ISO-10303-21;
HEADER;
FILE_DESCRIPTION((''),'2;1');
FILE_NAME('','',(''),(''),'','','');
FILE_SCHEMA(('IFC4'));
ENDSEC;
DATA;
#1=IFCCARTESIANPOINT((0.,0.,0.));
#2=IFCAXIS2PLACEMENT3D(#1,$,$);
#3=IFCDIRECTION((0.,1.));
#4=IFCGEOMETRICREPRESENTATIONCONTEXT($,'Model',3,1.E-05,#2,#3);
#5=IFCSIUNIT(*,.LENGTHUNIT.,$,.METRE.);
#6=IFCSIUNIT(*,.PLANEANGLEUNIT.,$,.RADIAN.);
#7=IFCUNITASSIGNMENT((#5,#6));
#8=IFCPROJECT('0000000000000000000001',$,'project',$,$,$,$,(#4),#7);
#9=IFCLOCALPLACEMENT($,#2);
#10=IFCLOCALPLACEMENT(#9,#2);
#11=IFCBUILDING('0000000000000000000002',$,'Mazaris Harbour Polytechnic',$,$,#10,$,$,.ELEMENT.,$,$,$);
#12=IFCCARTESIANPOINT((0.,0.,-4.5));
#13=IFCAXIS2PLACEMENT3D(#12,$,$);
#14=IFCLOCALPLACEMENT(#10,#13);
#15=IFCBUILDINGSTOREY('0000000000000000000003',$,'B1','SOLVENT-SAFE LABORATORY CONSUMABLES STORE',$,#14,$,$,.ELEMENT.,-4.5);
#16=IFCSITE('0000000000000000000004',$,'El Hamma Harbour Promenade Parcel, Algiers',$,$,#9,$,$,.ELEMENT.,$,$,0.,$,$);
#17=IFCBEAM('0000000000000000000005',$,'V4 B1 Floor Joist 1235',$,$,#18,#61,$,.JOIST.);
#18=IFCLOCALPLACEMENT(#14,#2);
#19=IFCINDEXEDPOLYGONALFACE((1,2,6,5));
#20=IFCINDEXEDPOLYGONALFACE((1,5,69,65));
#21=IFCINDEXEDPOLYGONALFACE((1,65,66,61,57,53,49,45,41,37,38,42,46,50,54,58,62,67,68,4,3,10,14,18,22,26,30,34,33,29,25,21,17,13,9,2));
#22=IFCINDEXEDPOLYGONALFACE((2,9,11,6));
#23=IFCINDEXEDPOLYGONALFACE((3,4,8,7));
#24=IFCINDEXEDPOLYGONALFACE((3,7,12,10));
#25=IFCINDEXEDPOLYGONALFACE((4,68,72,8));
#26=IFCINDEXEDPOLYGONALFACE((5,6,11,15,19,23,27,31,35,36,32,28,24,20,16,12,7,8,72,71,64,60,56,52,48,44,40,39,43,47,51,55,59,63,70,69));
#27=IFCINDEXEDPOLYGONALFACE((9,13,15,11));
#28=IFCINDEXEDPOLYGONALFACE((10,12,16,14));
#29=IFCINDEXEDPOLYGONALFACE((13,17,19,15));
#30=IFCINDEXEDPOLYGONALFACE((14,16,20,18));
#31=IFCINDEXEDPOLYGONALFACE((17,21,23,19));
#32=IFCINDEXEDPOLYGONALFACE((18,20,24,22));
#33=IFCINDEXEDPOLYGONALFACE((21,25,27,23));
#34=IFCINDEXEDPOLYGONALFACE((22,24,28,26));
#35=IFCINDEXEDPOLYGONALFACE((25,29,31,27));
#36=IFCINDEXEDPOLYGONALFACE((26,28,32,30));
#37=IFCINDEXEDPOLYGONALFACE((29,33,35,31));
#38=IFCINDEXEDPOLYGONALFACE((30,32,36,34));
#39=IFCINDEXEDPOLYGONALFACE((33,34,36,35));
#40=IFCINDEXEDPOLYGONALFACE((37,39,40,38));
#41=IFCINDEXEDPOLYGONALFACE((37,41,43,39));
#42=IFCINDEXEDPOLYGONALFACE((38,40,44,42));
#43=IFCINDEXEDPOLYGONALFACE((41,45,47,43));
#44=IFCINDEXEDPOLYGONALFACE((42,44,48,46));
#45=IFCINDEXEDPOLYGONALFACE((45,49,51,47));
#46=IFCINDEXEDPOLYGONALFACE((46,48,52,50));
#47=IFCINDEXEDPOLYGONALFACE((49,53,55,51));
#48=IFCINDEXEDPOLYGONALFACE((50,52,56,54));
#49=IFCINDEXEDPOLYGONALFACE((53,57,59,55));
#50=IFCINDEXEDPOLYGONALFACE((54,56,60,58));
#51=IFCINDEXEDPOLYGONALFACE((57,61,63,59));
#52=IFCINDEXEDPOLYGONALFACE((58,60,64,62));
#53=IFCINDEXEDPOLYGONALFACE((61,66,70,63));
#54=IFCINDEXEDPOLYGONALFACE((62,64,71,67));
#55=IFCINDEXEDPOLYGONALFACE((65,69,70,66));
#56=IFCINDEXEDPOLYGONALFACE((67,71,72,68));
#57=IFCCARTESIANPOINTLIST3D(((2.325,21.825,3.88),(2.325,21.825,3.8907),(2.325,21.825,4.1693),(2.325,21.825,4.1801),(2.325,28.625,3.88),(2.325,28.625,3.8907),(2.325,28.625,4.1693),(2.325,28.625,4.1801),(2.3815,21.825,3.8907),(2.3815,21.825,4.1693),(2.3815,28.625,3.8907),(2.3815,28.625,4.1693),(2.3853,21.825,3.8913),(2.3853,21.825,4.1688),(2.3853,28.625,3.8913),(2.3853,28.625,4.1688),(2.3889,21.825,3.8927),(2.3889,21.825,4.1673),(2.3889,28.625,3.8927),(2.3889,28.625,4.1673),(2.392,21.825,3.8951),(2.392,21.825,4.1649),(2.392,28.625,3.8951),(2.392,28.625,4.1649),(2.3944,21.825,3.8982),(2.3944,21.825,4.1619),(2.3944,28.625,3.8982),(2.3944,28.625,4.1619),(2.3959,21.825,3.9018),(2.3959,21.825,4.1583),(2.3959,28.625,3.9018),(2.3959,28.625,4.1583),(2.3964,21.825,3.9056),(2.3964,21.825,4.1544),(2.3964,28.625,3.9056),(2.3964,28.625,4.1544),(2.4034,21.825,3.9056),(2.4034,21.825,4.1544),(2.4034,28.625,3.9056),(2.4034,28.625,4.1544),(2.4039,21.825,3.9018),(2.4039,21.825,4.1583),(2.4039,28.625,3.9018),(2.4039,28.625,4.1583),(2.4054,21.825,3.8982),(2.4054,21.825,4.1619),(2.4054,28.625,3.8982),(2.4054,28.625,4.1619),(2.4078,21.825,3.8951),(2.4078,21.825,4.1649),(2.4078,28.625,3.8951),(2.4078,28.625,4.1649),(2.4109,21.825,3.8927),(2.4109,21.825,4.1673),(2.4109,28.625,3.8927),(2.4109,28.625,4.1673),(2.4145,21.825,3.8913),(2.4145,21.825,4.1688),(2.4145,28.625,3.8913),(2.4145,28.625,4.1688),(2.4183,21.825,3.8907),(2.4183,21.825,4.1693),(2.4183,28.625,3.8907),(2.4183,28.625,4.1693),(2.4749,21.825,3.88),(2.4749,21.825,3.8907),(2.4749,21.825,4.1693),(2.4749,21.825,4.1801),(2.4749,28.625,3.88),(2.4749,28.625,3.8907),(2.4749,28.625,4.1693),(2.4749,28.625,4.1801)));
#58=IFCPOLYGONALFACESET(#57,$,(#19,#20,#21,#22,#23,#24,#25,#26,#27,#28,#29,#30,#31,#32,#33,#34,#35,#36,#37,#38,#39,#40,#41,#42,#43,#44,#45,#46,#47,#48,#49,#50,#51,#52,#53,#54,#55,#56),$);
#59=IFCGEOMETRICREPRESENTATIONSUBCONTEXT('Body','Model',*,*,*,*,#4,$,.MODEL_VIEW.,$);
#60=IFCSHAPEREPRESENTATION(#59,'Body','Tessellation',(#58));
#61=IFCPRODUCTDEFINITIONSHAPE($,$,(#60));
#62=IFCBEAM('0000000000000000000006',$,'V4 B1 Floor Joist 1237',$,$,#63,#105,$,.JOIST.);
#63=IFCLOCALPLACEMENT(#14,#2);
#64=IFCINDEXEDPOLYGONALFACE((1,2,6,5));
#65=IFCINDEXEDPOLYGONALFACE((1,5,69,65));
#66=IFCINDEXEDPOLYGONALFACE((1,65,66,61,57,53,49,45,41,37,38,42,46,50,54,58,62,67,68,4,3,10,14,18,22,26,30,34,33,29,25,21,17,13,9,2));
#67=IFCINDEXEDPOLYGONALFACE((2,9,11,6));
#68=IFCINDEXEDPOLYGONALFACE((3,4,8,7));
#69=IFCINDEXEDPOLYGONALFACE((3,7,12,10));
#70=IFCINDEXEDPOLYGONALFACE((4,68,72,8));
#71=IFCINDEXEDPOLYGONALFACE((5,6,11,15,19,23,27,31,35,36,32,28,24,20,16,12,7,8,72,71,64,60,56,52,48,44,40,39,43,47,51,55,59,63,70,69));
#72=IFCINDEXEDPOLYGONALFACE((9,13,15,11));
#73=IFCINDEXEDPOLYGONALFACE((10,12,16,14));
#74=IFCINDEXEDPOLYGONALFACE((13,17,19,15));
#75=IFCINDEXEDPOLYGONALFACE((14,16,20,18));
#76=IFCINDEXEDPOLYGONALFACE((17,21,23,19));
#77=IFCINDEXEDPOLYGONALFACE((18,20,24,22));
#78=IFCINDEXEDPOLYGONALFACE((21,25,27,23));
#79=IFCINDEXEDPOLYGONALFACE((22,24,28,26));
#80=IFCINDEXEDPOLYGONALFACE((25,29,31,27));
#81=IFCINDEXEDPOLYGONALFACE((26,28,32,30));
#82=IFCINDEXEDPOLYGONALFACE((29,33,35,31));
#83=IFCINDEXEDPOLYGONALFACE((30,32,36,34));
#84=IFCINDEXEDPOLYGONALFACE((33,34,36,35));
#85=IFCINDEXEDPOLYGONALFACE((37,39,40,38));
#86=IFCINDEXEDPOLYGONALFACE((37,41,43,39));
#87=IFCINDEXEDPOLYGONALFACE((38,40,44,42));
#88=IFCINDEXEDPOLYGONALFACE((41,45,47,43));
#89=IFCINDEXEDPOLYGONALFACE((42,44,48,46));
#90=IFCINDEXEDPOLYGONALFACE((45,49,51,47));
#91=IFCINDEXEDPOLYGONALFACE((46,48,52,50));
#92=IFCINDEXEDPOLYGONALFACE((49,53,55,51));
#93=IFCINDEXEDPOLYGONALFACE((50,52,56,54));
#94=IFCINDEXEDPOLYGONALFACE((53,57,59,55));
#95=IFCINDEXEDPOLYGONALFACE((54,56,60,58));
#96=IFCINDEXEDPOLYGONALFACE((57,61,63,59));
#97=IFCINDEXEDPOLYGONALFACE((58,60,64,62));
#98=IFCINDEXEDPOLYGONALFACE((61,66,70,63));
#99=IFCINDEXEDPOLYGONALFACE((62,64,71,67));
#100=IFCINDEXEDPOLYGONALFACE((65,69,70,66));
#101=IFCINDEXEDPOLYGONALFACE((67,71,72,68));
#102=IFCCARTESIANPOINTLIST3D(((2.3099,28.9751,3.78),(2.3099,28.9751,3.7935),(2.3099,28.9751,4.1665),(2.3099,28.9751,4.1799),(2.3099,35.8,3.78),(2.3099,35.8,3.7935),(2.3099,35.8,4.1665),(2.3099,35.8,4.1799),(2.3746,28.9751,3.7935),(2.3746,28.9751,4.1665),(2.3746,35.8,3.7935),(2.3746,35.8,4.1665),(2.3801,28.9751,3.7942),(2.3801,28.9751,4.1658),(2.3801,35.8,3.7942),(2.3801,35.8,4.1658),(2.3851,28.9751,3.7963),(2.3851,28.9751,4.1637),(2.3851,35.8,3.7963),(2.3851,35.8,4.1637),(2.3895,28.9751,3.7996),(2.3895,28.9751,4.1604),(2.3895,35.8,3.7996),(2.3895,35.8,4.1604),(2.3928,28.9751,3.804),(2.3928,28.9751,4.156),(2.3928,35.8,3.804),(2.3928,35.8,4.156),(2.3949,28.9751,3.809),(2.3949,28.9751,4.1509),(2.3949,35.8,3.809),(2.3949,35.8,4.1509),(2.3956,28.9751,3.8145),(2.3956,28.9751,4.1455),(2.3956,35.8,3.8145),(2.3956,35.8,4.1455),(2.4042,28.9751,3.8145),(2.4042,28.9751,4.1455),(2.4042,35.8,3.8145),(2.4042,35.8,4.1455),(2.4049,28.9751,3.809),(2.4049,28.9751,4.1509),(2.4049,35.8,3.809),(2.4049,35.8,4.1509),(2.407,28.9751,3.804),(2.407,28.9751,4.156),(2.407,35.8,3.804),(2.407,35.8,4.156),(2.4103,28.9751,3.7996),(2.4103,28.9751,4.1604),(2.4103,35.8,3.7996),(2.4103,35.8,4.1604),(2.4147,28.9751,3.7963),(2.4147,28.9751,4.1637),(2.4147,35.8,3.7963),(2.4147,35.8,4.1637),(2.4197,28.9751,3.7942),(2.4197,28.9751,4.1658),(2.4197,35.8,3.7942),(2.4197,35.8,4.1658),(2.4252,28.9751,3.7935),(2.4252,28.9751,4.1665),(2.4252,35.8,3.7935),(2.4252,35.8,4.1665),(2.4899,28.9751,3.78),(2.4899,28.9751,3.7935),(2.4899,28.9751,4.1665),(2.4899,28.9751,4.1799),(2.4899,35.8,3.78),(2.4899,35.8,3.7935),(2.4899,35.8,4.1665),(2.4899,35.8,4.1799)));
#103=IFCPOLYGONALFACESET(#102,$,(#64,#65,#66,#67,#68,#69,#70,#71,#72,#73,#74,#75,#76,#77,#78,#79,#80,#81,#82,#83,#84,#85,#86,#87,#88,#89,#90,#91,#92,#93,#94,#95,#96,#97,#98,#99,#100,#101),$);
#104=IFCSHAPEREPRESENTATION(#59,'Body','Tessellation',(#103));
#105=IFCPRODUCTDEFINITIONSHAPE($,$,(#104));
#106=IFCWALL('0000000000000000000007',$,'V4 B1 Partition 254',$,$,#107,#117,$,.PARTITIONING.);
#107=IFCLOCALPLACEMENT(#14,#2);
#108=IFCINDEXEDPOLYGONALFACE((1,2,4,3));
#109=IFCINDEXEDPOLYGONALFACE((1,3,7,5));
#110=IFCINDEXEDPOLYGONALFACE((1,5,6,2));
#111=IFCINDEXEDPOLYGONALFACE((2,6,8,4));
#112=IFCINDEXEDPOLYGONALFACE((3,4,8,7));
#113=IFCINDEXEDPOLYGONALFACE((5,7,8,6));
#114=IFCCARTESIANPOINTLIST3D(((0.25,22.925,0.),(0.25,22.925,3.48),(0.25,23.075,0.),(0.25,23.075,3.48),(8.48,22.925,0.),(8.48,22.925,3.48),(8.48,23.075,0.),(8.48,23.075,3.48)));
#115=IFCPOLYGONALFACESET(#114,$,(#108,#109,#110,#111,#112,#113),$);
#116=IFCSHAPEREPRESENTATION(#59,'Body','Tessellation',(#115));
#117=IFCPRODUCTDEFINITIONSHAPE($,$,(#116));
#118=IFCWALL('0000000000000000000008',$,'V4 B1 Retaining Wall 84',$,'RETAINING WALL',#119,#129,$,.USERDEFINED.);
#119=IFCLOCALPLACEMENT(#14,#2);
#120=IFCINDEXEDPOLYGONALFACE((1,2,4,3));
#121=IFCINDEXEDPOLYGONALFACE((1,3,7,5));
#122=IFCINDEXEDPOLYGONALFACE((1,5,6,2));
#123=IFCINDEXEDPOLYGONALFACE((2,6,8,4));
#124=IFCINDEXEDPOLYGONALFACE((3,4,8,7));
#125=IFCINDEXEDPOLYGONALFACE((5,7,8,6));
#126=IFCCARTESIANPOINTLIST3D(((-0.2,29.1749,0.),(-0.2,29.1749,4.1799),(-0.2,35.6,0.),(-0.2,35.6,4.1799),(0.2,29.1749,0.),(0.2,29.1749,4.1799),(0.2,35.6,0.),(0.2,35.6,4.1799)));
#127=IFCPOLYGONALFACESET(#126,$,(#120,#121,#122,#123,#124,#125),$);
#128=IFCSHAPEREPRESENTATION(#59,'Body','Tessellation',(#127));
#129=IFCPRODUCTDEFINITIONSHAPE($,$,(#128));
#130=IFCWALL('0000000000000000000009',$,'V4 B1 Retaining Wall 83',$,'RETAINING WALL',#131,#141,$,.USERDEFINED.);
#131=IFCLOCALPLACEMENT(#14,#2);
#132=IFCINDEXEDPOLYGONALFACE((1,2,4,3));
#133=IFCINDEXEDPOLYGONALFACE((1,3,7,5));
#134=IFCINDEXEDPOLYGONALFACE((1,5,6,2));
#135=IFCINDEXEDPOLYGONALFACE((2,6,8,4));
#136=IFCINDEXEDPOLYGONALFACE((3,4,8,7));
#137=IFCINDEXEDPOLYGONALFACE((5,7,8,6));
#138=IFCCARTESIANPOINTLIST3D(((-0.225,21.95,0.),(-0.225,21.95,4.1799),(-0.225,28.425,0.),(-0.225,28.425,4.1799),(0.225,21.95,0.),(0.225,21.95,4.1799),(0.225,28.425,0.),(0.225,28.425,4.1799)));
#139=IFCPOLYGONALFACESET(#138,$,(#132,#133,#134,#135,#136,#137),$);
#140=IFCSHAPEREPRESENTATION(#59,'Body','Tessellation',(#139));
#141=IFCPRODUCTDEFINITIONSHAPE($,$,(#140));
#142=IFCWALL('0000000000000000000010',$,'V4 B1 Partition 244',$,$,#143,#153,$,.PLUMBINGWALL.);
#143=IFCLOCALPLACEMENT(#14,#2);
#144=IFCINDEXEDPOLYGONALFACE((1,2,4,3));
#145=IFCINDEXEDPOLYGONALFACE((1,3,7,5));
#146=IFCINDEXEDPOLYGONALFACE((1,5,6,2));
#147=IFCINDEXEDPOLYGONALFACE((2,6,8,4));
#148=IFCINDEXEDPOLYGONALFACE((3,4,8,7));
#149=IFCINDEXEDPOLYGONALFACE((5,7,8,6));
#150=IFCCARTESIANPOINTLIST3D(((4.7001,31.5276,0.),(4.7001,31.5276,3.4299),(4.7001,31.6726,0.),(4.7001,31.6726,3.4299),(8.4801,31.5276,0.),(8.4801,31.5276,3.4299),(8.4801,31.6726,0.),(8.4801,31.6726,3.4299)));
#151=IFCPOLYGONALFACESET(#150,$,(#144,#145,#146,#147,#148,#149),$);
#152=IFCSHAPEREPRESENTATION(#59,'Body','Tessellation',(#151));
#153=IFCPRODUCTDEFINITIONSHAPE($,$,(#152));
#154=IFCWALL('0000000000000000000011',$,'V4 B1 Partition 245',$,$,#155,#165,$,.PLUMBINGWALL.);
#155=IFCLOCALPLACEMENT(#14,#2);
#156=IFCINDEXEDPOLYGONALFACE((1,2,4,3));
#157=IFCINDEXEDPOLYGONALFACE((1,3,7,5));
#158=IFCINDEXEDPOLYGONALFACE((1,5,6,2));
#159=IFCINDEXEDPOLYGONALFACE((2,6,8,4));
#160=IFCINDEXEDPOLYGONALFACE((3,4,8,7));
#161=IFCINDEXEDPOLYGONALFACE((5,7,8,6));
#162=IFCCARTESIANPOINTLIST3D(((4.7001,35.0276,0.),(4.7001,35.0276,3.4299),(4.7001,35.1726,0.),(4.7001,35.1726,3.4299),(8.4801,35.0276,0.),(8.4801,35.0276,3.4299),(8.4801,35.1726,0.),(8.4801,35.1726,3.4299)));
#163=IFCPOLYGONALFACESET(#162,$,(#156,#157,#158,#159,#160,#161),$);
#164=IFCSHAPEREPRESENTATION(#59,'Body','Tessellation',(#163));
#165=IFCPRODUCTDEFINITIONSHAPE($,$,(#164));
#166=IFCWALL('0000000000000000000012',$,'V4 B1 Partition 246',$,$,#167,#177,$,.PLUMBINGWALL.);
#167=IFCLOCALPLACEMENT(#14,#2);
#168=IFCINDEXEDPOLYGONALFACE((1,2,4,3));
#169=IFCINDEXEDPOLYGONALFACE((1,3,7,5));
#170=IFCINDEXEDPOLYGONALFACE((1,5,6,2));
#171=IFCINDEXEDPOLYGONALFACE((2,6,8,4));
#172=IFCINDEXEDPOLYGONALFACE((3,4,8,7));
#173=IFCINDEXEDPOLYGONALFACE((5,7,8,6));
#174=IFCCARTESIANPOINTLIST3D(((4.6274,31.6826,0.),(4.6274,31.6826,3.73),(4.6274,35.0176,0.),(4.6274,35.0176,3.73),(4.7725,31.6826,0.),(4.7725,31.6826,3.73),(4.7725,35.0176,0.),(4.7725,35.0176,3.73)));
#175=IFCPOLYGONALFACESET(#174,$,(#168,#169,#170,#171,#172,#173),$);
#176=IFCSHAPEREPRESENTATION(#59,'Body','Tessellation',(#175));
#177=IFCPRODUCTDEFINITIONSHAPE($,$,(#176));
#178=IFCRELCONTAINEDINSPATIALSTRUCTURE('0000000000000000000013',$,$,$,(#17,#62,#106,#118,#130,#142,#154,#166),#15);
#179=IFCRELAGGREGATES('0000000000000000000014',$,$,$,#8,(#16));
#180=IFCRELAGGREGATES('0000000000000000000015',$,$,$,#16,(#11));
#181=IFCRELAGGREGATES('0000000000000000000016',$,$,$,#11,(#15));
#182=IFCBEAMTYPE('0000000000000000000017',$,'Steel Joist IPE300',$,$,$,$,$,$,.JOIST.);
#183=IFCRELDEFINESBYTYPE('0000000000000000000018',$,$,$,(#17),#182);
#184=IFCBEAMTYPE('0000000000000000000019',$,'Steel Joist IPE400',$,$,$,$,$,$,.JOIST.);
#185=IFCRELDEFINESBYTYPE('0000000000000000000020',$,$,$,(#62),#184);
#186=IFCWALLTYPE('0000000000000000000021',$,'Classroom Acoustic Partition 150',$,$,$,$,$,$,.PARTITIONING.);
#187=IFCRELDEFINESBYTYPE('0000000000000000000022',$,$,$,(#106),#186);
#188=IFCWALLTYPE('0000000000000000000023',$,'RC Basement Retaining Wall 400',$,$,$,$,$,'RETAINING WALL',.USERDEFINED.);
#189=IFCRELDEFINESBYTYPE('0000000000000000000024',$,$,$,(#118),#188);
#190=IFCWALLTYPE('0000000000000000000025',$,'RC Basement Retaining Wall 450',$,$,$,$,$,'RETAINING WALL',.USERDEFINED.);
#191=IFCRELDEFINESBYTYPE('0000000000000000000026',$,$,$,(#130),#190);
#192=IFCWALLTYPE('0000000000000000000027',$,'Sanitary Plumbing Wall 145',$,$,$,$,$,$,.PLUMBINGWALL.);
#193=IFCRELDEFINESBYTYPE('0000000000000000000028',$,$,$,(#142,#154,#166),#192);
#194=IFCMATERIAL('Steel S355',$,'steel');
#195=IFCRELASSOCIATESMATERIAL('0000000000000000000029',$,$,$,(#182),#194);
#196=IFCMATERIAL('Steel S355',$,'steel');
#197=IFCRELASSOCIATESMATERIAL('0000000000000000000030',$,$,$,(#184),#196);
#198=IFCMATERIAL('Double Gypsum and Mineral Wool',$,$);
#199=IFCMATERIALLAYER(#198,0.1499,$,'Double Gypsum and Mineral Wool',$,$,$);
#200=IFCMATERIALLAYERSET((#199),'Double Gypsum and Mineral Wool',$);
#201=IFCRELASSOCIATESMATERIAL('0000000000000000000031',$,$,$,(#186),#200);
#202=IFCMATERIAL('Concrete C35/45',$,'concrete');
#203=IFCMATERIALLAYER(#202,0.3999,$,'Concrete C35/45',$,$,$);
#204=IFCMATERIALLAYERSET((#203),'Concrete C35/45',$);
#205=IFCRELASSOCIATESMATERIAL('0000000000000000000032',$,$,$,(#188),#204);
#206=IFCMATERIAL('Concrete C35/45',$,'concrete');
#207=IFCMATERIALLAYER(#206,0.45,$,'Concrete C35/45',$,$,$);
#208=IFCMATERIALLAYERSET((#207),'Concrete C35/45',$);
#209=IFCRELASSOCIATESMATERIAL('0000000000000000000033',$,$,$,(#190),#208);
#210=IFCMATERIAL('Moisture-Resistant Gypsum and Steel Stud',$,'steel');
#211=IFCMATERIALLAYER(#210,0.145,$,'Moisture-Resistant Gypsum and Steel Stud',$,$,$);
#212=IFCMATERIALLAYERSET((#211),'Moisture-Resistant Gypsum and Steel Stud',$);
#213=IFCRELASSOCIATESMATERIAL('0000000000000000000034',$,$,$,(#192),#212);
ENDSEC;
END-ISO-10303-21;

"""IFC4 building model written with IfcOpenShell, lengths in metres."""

from ifc_helpers import new_model, si_unit, direction, frame, frame_2d, origin, origin_2d, place, context, subcontext, project, spatial, rectangle, i_section, extrude, material, layer, layer_set, material_profile, profile_set, type_object, element, save


model = new_model("IFC4")

# Units and contexts
model_context = context("Model", 3, precision=1e-05, world=origin(), true_north=direction((0.0, 1.0)))
body_context = subcontext(model_context, "Body", "Model", "MODEL_VIEW")
ifc_project = project(units=[si_unit("LENGTHUNIT", "METRE"), si_unit("PLANEANGLEUNIT", "RADIAN")], contexts=[model_context])

# Site, building, storey
site_placement = place(None, origin())
site = spatial("IfcSite", under=ifc_project, at=site_placement, Name="El Hamma Harbour Promenade Parcel, Algiers", CompositionType="ELEMENT", RefElevation=0.0)
building_placement = place(site_placement, origin())
building = spatial("IfcBuilding", under=site, at=building_placement, Name="Mazaris Harbour Polytechnic", CompositionType="ELEMENT")
storey_placement = place(building_placement, frame((0.0, 0.0, -4.5)))
storey = spatial("IfcBuildingStorey", under=building, at=storey_placement, Name="B1", Description="SOLVENT-SAFE LABORATORY CONSUMABLES STORE", CompositionType="ELEMENT", Elevation=-4.5)

# Beams
ifc_material_1 = material(Name="Steel S355", Category="steel")
ifc_material_profile_1 = material_profile(ifc_material_1, i_section(OverallWidth=0.1499, OverallDepth=0.3, WebThickness=0.0071, FlangeThickness=0.0107, FilletRadius=0.0149, at=origin_2d()), Name="IPE 300")
ifc_profile_set_1 = profile_set([ifc_material_profile_1], Name="Steel S355")
beam_type_1 = type_object("IfcBeamType", Name="Steel Joist IPE300", PredefinedType="JOIST", material=ifc_profile_set_1)
beam_1_placement = place(storey_placement, frame((2.3999, 21.825, 4.03), z_axis=(0.0, 1.0, 0.0), x_axis=(-1.0, 0.0, 0.0)))
element("IfcBeam", 1, at=beam_1_placement, inside=storey, type_object=beam_type_1, Name="V4 B1 Floor Joist 1235", PredefinedType="JOIST", context=body_context, shape_type="SweptSolid", body=[
    extrude(i_section(OverallWidth=0.1499, OverallDepth=0.3, WebThickness=0.0071, FlangeThickness=0.0107, FilletRadius=0.0149, at=origin_2d()), origin(), (0.0, 0.0, 1.0), 6.8),
])
ifc_material_2 = material(Name="Steel S355", Category="steel")
ifc_material_profile_2 = material_profile(ifc_material_2, i_section(OverallWidth=0.1799, OverallDepth=0.3999, WebThickness=0.0085, FlangeThickness=0.0134, FilletRadius=0.021, at=origin_2d()), Name="IPE 400")
ifc_profile_set_2 = profile_set([ifc_material_profile_2], Name="Steel S355")
beam_type_2 = type_object("IfcBeamType", Name="Steel Joist IPE400", PredefinedType="JOIST", material=ifc_profile_set_2)
beam_2_placement = place(storey_placement, frame((2.3999, 28.9751, 3.98), z_axis=(0.0, 1.0, 0.0), x_axis=(-1.0, 0.0, 0.0)))
element("IfcBeam", 2, at=beam_2_placement, inside=storey, type_object=beam_type_2, Name="V4 B1 Floor Joist 1237", PredefinedType="JOIST", context=body_context, shape_type="SweptSolid", body=[
    extrude(i_section(OverallWidth=0.1799, OverallDepth=0.3999, WebThickness=0.0085, FlangeThickness=0.0134, FilletRadius=0.021, at=origin_2d()), origin(), (0.0, 0.0, 1.0), 6.825),
])

# Walls
ifc_material_3 = material(Name="Double Gypsum and Mineral Wool")
ifc_layer_1 = layer(ifc_material_3, 0.1499, Name="Double Gypsum and Mineral Wool")
ifc_layer_set_1 = layer_set([ifc_layer_1], Name="Double Gypsum and Mineral Wool")
wall_type_1 = type_object("IfcWallType", Name="Classroom Acoustic Partition 150", PredefinedType="PARTITIONING", material=ifc_layer_set_1)
wall_1_placement = place(storey_placement, frame((0.25, 23.0, 0.0), z_axis=(0.0, 0.0, 1.0), x_axis=(1.0, 0.0, 0.0)))
element("IfcWall", 3, at=wall_1_placement, inside=storey, type_object=wall_type_1, Name="V4 B1 Partition 254", PredefinedType="PARTITIONING", context=body_context, shape_type="SweptSolid", body=[
    extrude(rectangle(XDim=8.23, YDim=0.1499, at=frame_2d((4.115, 0.0))), origin(), (0.0, 0.0, 1.0), 3.48),
])
ifc_material_4 = material(Name="Concrete C35/45", Category="concrete")
ifc_layer_2 = layer(ifc_material_4, 0.3999, Name="Concrete C35/45")
ifc_layer_set_2 = layer_set([ifc_layer_2], Name="Concrete C35/45")
wall_type_2 = type_object("IfcWallType", Name="RC Basement Retaining Wall 400", ElementType="RETAINING WALL", PredefinedType="USERDEFINED", material=ifc_layer_set_2)
wall_2_placement = place(storey_placement, frame((0.0, 29.175, 0.0), z_axis=(0.0, 0.0, 1.0), x_axis=(0.0, 1.0, 0.0)))
element("IfcWall", 4, at=wall_2_placement, inside=storey, type_object=wall_type_2, Name="V4 B1 Retaining Wall 84", ObjectType="RETAINING WALL", PredefinedType="USERDEFINED", context=body_context, shape_type="SweptSolid", body=[
    extrude(rectangle(XDim=6.425, YDim=0.3999, at=frame_2d((3.2124, 0.0))), origin(), (0.0, 0.0, 1.0), 4.1799),
])
ifc_material_5 = material(Name="Concrete C35/45", Category="concrete")
ifc_layer_3 = layer(ifc_material_5, 0.45, Name="Concrete C35/45")
ifc_layer_set_3 = layer_set([ifc_layer_3], Name="Concrete C35/45")
wall_type_3 = type_object("IfcWallType", Name="RC Basement Retaining Wall 450", ElementType="RETAINING WALL", PredefinedType="USERDEFINED", material=ifc_layer_set_3)
wall_3_placement = place(storey_placement, frame((0.0, 21.95, 0.0), z_axis=(0.0, 0.0, 1.0), x_axis=(0.0, 1.0, 0.0)))
element("IfcWall", 5, at=wall_3_placement, inside=storey, type_object=wall_type_3, Name="V4 B1 Retaining Wall 83", ObjectType="RETAINING WALL", PredefinedType="USERDEFINED", context=body_context, shape_type="SweptSolid", body=[
    extrude(rectangle(XDim=6.4751, YDim=0.45, at=frame_2d((3.2375, 0.0))), origin(), (0.0, 0.0, 1.0), 4.1799),
])
ifc_material_6 = material(Name="Moisture-Resistant Gypsum and Steel Stud", Category="steel")
ifc_layer_4 = layer(ifc_material_6, 0.145, Name="Moisture-Resistant Gypsum and Steel Stud")
ifc_layer_set_4 = layer_set([ifc_layer_4], Name="Moisture-Resistant Gypsum and Steel Stud")
wall_type_4 = type_object("IfcWallType", Name="Sanitary Plumbing Wall 145", PredefinedType="PLUMBINGWALL", material=ifc_layer_set_4)
for number, where, z_axis, x_axis, name in (
    (6, (4.7, 31.6001, 0.0), (0.0, 0.0, 1.0), (1.0, 0.0, 0.0), "V4 B1 Partition 244"),
    (7, (4.7, 35.1001, 0.0), (0.0, 0.0, 1.0), (1.0, 0.0, 0.0), "V4 B1 Partition 245"),
):
    element("IfcWall", number, at=place(storey_placement, frame(where, z_axis=z_axis, x_axis=x_axis)), inside=storey, type_object=wall_type_4, Name=name, PredefinedType="PLUMBINGWALL", context=body_context, shape_type="SweptSolid", body=[
        extrude(rectangle(XDim=3.78, YDim=0.145, at=frame_2d((1.8901, 0.0))), origin(), (0.0, 0.0, 1.0), 3.4299),
    ])
wall_4_placement = place(storey_placement, frame((4.7, 31.6826, 0.0), z_axis=(0.0, 0.0, 1.0), x_axis=(0.0, 1.0, 0.0)))
element("IfcWall", 8, at=wall_4_placement, inside=storey, type_object=wall_type_4, Name="V4 B1 Partition 246", PredefinedType="PLUMBINGWALL", context=body_context, shape_type="SweptSolid", body=[
    extrude(rectangle(XDim=3.335, YDim=0.145, at=frame_2d((1.6675, 0.0))), origin(), (0.0, 0.0, 1.0), 3.73),
])

save(model, "model.ifc")
